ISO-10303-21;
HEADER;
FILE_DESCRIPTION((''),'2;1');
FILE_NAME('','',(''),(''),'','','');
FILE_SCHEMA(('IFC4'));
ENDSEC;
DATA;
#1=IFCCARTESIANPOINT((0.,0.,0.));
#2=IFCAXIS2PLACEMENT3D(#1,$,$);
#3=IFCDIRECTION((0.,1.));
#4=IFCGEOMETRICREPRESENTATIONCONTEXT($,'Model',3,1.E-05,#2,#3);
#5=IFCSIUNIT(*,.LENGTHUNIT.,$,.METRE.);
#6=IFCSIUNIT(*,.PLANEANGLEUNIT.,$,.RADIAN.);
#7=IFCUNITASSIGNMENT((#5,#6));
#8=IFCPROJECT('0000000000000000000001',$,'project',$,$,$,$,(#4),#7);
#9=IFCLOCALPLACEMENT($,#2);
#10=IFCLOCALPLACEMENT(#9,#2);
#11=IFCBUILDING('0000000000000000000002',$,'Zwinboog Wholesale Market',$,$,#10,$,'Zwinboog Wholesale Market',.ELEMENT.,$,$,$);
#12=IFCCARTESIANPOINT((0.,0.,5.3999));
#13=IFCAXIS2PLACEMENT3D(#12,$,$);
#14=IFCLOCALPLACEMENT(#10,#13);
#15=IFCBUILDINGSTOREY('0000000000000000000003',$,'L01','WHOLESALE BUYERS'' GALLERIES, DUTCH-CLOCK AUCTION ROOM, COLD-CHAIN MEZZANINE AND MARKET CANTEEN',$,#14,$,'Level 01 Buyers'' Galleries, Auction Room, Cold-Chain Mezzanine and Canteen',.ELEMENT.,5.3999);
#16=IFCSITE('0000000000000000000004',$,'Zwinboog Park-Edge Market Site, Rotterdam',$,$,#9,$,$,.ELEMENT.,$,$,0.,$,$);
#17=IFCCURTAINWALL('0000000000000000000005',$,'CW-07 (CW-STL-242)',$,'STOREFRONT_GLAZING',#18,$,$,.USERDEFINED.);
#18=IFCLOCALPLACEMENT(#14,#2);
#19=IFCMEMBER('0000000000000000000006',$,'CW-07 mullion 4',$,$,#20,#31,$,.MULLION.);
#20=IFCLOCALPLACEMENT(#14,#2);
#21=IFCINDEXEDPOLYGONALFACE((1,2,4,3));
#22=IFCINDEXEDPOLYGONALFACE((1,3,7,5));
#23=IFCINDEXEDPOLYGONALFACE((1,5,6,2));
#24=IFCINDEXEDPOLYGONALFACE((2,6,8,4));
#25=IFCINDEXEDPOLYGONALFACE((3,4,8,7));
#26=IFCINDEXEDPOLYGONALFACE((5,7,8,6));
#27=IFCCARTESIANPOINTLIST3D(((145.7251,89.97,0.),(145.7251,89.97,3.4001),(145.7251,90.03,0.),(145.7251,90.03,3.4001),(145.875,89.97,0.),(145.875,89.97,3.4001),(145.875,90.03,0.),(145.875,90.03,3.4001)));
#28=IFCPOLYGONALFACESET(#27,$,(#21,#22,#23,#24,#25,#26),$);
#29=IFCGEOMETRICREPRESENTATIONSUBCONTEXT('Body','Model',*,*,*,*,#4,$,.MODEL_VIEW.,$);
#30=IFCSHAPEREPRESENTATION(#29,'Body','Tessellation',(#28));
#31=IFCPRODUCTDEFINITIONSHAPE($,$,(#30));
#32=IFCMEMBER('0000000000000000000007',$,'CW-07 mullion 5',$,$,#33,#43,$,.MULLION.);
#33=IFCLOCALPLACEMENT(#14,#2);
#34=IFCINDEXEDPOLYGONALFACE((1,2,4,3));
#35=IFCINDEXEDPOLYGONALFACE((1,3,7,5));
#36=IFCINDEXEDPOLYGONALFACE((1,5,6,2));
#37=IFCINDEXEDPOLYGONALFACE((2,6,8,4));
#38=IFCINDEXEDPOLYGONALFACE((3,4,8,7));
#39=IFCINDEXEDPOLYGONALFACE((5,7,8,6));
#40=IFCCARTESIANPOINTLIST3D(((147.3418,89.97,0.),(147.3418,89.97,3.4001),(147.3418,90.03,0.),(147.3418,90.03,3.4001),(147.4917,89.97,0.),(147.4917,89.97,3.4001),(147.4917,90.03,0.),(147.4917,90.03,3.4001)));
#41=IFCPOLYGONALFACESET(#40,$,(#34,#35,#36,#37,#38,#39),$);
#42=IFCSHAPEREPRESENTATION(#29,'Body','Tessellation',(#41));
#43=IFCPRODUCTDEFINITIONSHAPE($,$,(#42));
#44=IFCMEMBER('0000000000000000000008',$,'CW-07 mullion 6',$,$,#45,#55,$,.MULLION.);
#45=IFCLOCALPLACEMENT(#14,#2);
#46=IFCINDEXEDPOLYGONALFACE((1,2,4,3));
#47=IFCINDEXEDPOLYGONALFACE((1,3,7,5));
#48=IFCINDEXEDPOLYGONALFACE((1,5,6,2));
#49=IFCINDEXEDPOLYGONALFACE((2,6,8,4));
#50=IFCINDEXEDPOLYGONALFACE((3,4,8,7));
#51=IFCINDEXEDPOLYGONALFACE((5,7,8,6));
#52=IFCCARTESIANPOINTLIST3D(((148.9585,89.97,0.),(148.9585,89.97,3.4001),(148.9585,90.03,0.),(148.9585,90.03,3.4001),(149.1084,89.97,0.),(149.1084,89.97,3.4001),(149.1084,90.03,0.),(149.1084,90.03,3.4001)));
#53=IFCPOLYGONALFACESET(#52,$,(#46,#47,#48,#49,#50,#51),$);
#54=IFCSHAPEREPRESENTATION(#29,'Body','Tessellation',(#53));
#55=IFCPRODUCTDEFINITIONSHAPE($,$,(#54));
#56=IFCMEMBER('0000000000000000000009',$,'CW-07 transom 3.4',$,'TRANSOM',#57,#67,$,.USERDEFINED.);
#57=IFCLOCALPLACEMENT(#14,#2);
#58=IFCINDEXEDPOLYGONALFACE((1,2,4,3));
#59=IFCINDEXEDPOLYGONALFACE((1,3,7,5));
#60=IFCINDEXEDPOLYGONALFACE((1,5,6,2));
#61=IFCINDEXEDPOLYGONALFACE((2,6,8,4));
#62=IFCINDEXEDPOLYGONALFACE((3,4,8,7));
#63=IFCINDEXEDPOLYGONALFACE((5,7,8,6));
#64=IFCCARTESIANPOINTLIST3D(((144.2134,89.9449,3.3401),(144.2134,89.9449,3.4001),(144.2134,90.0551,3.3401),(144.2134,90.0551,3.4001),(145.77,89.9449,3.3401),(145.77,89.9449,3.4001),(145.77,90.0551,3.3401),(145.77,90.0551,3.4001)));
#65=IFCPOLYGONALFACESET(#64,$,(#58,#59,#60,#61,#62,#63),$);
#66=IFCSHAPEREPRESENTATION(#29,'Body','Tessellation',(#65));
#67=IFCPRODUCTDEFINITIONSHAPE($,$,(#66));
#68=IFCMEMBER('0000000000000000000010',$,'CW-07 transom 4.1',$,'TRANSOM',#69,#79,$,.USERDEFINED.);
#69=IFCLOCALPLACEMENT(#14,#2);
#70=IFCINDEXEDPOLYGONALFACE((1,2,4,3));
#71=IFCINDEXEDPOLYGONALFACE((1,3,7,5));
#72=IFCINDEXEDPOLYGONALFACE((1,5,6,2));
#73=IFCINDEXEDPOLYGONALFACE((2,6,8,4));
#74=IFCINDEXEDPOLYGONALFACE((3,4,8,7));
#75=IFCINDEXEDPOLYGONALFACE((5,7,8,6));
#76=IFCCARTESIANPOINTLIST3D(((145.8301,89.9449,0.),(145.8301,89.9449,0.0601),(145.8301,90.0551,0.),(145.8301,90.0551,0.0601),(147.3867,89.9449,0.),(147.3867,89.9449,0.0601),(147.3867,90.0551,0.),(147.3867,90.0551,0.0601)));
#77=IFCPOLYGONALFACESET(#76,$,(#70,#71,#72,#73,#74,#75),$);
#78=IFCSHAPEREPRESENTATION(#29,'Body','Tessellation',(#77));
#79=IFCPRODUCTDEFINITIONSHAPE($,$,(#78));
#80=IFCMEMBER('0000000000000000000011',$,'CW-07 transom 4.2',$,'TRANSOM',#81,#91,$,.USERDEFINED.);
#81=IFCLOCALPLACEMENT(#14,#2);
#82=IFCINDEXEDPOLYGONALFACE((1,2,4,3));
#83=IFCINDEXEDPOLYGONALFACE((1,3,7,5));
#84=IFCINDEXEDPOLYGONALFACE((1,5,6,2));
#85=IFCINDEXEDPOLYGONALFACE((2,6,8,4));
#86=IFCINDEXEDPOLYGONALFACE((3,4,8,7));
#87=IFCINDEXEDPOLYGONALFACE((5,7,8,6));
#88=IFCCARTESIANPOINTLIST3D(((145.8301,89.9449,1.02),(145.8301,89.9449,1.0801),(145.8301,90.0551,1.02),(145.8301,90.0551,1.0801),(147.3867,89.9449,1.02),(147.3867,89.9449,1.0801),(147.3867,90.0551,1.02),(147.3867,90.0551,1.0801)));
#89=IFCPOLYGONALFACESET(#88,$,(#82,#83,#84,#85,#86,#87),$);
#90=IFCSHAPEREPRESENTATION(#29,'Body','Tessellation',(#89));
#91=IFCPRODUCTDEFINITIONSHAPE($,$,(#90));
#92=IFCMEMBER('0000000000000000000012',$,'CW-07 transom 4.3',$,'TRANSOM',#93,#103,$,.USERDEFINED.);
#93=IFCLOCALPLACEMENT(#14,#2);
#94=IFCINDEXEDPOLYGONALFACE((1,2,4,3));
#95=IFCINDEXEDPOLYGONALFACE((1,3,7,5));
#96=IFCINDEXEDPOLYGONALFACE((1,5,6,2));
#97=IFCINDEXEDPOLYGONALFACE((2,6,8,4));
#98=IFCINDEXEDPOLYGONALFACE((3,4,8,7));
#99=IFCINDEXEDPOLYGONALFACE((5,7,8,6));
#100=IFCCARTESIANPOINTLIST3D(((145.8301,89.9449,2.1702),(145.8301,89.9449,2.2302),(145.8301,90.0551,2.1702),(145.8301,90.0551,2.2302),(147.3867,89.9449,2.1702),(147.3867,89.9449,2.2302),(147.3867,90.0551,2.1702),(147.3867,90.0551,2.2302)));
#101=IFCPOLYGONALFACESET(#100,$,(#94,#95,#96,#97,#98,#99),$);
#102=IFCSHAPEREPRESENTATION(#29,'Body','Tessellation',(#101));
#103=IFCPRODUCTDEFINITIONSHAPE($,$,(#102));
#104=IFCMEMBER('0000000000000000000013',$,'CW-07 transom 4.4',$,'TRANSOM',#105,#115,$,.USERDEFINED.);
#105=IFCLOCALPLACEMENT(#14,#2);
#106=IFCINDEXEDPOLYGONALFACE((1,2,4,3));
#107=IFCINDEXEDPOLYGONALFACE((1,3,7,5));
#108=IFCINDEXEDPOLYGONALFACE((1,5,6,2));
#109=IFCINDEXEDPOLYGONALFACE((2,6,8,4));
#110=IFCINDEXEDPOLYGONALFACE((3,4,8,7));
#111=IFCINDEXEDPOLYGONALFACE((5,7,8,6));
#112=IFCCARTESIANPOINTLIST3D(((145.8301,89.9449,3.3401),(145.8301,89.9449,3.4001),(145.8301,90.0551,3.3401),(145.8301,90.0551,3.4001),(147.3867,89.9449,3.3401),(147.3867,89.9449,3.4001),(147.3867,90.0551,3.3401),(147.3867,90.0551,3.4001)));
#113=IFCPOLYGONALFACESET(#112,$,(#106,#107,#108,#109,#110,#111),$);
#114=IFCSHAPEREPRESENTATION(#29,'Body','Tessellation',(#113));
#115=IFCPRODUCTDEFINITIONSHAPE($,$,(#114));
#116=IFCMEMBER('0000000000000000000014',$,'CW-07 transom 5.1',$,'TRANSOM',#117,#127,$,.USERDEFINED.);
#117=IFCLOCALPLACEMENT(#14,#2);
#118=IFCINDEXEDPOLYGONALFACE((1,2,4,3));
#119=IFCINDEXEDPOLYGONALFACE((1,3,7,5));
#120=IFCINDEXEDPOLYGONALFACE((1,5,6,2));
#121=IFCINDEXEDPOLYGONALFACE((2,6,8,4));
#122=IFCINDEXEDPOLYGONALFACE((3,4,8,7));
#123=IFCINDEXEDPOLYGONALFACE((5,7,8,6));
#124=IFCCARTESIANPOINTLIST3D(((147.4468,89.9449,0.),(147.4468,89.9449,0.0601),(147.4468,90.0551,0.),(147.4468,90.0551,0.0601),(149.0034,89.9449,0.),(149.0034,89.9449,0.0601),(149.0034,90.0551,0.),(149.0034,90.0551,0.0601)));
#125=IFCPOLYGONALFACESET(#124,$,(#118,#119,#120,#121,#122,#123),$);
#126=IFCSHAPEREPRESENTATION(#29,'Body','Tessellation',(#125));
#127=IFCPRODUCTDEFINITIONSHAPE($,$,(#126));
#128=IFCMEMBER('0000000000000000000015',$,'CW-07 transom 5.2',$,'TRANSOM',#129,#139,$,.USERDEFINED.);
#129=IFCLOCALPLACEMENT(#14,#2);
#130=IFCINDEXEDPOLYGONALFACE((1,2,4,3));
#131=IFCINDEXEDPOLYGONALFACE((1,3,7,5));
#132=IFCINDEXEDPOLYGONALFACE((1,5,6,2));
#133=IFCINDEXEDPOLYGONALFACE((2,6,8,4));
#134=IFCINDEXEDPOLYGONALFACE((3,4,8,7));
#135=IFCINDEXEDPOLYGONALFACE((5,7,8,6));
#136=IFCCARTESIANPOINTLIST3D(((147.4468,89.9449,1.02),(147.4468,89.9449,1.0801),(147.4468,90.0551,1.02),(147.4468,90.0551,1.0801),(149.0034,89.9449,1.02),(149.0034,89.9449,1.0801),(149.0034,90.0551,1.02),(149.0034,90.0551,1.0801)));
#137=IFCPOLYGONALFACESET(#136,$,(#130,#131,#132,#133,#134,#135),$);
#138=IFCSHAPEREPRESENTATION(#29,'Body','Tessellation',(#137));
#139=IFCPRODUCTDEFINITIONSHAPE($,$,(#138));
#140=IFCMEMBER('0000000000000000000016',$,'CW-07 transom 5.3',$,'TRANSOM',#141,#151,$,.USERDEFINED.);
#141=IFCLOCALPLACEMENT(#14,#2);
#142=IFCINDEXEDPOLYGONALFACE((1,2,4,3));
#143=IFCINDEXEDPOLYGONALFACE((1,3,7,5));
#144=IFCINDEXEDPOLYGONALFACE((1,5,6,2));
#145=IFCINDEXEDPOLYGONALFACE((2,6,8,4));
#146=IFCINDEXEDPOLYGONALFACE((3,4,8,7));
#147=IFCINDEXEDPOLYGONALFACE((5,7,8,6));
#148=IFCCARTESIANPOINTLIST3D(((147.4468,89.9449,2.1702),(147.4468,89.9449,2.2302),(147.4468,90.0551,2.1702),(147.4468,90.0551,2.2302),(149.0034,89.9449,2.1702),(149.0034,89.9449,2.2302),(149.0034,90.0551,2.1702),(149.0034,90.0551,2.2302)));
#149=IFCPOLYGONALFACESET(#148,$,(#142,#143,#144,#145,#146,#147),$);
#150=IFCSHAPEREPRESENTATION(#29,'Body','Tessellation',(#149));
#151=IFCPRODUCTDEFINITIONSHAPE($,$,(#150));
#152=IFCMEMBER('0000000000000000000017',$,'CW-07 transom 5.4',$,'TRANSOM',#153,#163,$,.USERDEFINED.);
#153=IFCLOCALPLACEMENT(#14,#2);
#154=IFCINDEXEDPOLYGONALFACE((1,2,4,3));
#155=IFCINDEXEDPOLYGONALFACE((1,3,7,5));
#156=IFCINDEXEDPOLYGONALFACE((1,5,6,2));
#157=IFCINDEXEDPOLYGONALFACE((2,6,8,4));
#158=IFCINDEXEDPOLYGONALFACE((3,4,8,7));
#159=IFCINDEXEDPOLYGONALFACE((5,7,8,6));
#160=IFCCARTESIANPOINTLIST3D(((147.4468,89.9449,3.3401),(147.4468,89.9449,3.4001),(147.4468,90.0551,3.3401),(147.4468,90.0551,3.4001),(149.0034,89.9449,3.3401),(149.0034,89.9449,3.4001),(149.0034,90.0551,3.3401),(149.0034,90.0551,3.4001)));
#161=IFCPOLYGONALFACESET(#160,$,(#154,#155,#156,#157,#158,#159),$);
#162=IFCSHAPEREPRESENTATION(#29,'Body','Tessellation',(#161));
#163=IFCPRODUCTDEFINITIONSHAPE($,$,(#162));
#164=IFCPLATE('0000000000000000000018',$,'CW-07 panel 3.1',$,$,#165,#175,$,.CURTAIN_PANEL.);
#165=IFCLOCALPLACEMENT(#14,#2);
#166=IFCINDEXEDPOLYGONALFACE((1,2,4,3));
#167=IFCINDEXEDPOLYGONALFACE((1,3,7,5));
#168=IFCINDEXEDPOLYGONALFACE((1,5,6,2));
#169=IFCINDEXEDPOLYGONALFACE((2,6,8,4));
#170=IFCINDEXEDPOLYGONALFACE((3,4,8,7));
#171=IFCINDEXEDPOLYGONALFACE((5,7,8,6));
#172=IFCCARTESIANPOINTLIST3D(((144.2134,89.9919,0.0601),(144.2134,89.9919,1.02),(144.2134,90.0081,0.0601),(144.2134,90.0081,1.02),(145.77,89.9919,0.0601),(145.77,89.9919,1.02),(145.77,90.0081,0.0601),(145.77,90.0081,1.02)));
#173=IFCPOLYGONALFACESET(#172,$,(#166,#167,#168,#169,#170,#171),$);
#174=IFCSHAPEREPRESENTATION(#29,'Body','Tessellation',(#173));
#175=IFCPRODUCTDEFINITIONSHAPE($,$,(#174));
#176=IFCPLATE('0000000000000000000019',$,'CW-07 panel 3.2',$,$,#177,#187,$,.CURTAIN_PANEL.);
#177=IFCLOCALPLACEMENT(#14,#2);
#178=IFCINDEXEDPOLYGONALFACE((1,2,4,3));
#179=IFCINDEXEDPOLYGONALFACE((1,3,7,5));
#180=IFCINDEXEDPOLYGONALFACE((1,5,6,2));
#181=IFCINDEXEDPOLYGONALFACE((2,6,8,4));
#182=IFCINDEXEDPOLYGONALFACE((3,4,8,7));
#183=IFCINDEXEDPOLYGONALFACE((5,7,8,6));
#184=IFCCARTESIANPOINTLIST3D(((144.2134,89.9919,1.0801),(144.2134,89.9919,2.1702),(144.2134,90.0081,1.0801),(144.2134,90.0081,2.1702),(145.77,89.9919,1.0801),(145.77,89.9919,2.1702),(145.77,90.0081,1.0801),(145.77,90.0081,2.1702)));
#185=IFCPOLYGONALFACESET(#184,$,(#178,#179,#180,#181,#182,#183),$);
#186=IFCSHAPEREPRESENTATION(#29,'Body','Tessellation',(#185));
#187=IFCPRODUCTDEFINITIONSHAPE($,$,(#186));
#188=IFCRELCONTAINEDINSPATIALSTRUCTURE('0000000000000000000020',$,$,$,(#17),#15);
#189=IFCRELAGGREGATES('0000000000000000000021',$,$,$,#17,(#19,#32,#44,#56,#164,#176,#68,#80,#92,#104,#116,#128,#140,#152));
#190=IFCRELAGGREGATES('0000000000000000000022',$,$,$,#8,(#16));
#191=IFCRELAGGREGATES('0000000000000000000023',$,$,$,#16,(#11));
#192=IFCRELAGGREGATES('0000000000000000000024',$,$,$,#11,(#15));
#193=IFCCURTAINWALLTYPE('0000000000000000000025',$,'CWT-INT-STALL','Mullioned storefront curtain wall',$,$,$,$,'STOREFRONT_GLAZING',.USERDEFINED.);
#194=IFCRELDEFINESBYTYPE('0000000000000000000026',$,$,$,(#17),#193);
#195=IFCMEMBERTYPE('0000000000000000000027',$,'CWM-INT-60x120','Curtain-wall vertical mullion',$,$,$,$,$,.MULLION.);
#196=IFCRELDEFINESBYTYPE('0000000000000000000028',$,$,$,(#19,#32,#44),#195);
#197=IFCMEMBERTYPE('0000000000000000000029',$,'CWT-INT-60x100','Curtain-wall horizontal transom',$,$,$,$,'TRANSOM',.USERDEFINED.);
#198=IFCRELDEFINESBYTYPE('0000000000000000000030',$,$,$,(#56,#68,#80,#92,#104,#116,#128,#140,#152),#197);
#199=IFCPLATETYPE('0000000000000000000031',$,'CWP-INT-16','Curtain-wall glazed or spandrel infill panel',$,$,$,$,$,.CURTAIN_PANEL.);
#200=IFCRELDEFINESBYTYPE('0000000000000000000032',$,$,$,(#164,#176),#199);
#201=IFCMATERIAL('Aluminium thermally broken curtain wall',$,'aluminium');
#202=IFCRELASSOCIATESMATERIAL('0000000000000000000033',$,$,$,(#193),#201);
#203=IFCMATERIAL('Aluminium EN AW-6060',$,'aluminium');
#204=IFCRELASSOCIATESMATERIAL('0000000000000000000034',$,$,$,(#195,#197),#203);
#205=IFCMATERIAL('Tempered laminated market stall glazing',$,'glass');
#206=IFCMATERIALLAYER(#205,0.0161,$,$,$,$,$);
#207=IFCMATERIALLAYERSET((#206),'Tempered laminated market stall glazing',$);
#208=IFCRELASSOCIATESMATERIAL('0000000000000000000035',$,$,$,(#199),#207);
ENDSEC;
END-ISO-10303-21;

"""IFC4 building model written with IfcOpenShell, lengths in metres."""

from ifc_helpers import new_model, si_unit, direction, frame, origin, origin_2d, place, context, subcontext, project, spatial, rectangle, extrude, material, layer, layer_set, material_profile, profile_set, type_object, element, aggregate, save


model = new_model("IFC4")

# Units and contexts
model_context = context("Model", 3, precision=1e-05, world=origin(), true_north=direction((0.0, 1.0)))
body_context = subcontext(model_context, "Body", "Model", "MODEL_VIEW")
ifc_project = project(units=[si_unit("LENGTHUNIT", "METRE"), si_unit("PLANEANGLEUNIT", "RADIAN")], contexts=[model_context])

# Site, building, storey
site_placement = place(None, origin())
site = spatial("IfcSite", under=ifc_project, at=site_placement, Name="Zwinboog Park-Edge Market Site, Rotterdam", CompositionType="ELEMENT", RefElevation=0.0)
building_placement = place(site_placement, origin())
building = spatial("IfcBuilding", under=site, at=building_placement, Name="Zwinboog Wholesale Market", LongName="Zwinboog Wholesale Market", CompositionType="ELEMENT")
storey_placement = place(building_placement, frame((0.0, 0.0, 5.3999)))
storey = spatial("IfcBuildingStorey", under=building, at=storey_placement, Name="L01", Description="WHOLESALE BUYERS' GALLERIES, DUTCH-CLOCK AUCTION ROOM, COLD-CHAIN MEZZANINE AND MARKET CANTEEN", LongName="Level 01 Buyers' Galleries, Auction Room, Cold-Chain Mezzanine and Canteen", CompositionType="ELEMENT", Elevation=5.3999)

# Curtain wall, members, plates
ifc_material_1 = material(Name="Aluminium thermally broken curtain wall", Category="aluminium")
curtain_wall_type = type_object("IfcCurtainWallType", Name="CWT-INT-STALL", Description="Mullioned storefront curtain wall", ElementType="STOREFRONT_GLAZING", PredefinedType="USERDEFINED", material=ifc_material_1)
curtain_wall_placement = place(storey_placement, origin())
curtain_wall = element("IfcCurtainWall", 1, at=curtain_wall_placement, inside=storey, type_object=curtain_wall_type, Name="CW-07 (CW-STL-242)", ObjectType="STOREFRONT_GLAZING", PredefinedType="USERDEFINED")
ifc_material_2 = material(Name="Aluminium EN AW-6060", Category="aluminium")
ifc_material_profile_1 = material_profile(ifc_material_2, rectangle(XDim=0.0601, YDim=0.1499, at=origin_2d()), Name="AL 60x150")
ifc_profile_set_1 = profile_set([ifc_material_profile_1], Name="Aluminium EN AW-6060")
member_type_1 = type_object("IfcMemberType", Name="CWM-INT-60x120", Description="Curtain-wall vertical mullion", PredefinedType="MULLION", material=ifc_profile_set_1)
member_1_placement = place(storey_placement, frame((145.8, 90.0, 0.0), z_axis=(0.0, 0.0, 1.0), x_axis=(0.0, 1.0, 0.0)))
member_1 = element("IfcMember", 2, at=member_1_placement, type_object=member_type_1, Name="CW-07 mullion 4", PredefinedType="MULLION", context=body_context, shape_type="SweptSolid", body=[
    extrude(rectangle(XDim=0.0601, YDim=0.1499, at=origin_2d()), origin(), (0.0, 0.0, 1.0), 3.4001),
])
member_2_placement = place(storey_placement, frame((147.4167, 90.0, 0.0), z_axis=(0.0, 0.0, 1.0), x_axis=(0.0, 1.0, 0.0)))
member_2 = element("IfcMember", 3, at=member_2_placement, type_object=member_type_1, Name="CW-07 mullion 5", PredefinedType="MULLION", context=body_context, shape_type="SweptSolid", body=[
    extrude(rectangle(XDim=0.0601, YDim=0.1499, at=origin_2d()), origin(), (0.0, 0.0, 1.0), 3.4001),
])
member_3_placement = place(storey_placement, frame((149.0334, 90.0, 0.0), z_axis=(0.0, 0.0, 1.0), x_axis=(0.0, 1.0, 0.0)))
member_3 = element("IfcMember", 4, at=member_3_placement, type_object=member_type_1, Name="CW-07 mullion 6", PredefinedType="MULLION", context=body_context, shape_type="SweptSolid", body=[
    extrude(rectangle(XDim=0.0601, YDim=0.1499, at=origin_2d()), origin(), (0.0, 0.0, 1.0), 3.4001),
])
ifc_material_profile_2 = material_profile(ifc_material_2, rectangle(XDim=0.1101, YDim=0.0601, at=origin_2d()), Name="AL 60x110")
ifc_profile_set_2 = profile_set([ifc_material_profile_2], Name="Aluminium EN AW-6060")
member_type_2 = type_object("IfcMemberType", Name="CWT-INT-60x100", Description="Curtain-wall horizontal transom", ElementType="TRANSOM", PredefinedType="USERDEFINED", material=ifc_profile_set_2)
member_4_placement = place(storey_placement, frame((144.2134, 90.0, 3.3701), z_axis=(1.0, 0.0, 0.0), x_axis=(0.0, 1.0, 0.0)))
member_4 = element("IfcMember", 5, at=member_4_placement, type_object=member_type_2, Name="CW-07 transom 3.4", ObjectType="TRANSOM", PredefinedType="USERDEFINED", context=body_context, shape_type="SweptSolid", body=[
    extrude(rectangle(XDim=0.1101, YDim=0.0601, at=origin_2d()), origin(), (0.0, 0.0, 1.0), 1.5566),
])
member_5_placement = place(storey_placement, frame((145.8301, 90.0, 0.03), z_axis=(1.0, 0.0, 0.0), x_axis=(0.0, 1.0, 0.0)))
member_5 = element("IfcMember", 6, at=member_5_placement, type_object=member_type_2, Name="CW-07 transom 4.1", ObjectType="TRANSOM", PredefinedType="USERDEFINED", context=body_context, shape_type="SweptSolid", body=[
    extrude(rectangle(XDim=0.1101, YDim=0.0601, at=origin_2d()), origin(), (0.0, 0.0, 1.0), 1.5566),
])
member_6_placement = place(storey_placement, frame((145.8301, 90.0, 1.05), z_axis=(1.0, 0.0, 0.0), x_axis=(0.0, 1.0, 0.0)))
member_6 = element("IfcMember", 7, at=member_6_placement, type_object=member_type_2, Name="CW-07 transom 4.2", ObjectType="TRANSOM", PredefinedType="USERDEFINED", context=body_context, shape_type="SweptSolid", body=[
    extrude(rectangle(XDim=0.1101, YDim=0.0601, at=origin_2d()), origin(), (0.0, 0.0, 1.0), 1.5566),
])
member_7_placement = place(storey_placement, frame((145.8301, 90.0, 2.2002), z_axis=(1.0, 0.0, 0.0), x_axis=(0.0, 1.0, 0.0)))
member_7 = element("IfcMember", 8, at=member_7_placement, type_object=member_type_2, Name="CW-07 transom 4.3", ObjectType="TRANSOM", PredefinedType="USERDEFINED", context=body_context, shape_type="SweptSolid", body=[
    extrude(rectangle(XDim=0.1101, YDim=0.0601, at=origin_2d()), origin(), (0.0, 0.0, 1.0), 1.5566),
])
member_8_placement = place(storey_placement, frame((145.8301, 90.0, 3.3701), z_axis=(1.0, 0.0, 0.0), x_axis=(0.0, 1.0, 0.0)))
member_8 = element("IfcMember", 9, at=member_8_placement, type_object=member_type_2, Name="CW-07 transom 4.4", ObjectType="TRANSOM", PredefinedType="USERDEFINED", context=body_context, shape_type="SweptSolid", body=[
    extrude(rectangle(XDim=0.1101, YDim=0.0601, at=origin_2d()), origin(), (0.0, 0.0, 1.0), 1.5566),
])
member_9_placement = place(storey_placement, frame((147.4468, 90.0, 0.03), z_axis=(1.0, 0.0, 0.0), x_axis=(0.0, 1.0, 0.0)))
member_9 = element("IfcMember", 10, at=member_9_placement, type_object=member_type_2, Name="CW-07 transom 5.1", ObjectType="TRANSOM", PredefinedType="USERDEFINED", context=body_context, shape_type="SweptSolid", body=[
    extrude(rectangle(XDim=0.1101, YDim=0.0601, at=origin_2d()), origin(), (0.0, 0.0, 1.0), 1.5566),
])
member_10_placement = place(storey_placement, frame((147.4468, 90.0, 1.05), z_axis=(1.0, 0.0, 0.0), x_axis=(0.0, 1.0, 0.0)))
member_10 = element("IfcMember", 11, at=member_10_placement, type_object=member_type_2, Name="CW-07 transom 5.2", ObjectType="TRANSOM", PredefinedType="USERDEFINED", context=body_context, shape_type="SweptSolid", body=[
    extrude(rectangle(XDim=0.1101, YDim=0.0601, at=origin_2d()), origin(), (0.0, 0.0, 1.0), 1.5566),
])
member_11_placement = place(storey_placement, frame((147.4468, 90.0, 2.2002), z_axis=(1.0, 0.0, 0.0), x_axis=(0.0, 1.0, 0.0)))
member_11 = element("IfcMember", 12, at=member_11_placement, type_object=member_type_2, Name="CW-07 transom 5.3", ObjectType="TRANSOM", PredefinedType="USERDEFINED", context=body_context, shape_type="SweptSolid", body=[
    extrude(rectangle(XDim=0.1101, YDim=0.0601, at=origin_2d()), origin(), (0.0, 0.0, 1.0), 1.5566),
])
member_12_placement = place(storey_placement, frame((147.4468, 90.0, 3.3701), z_axis=(1.0, 0.0, 0.0), x_axis=(0.0, 1.0, 0.0)))
member_12 = element("IfcMember", 13, at=member_12_placement, type_object=member_type_2, Name="CW-07 transom 5.4", ObjectType="TRANSOM", PredefinedType="USERDEFINED", context=body_context, shape_type="SweptSolid", body=[
    extrude(rectangle(XDim=0.1101, YDim=0.0601, at=origin_2d()), origin(), (0.0, 0.0, 1.0), 1.5566),
])
ifc_material_3 = material(Name="Tempered laminated market stall glazing", Category="glass")
ifc_layer = layer(ifc_material_3, 0.0161)
ifc_layer_set = layer_set([ifc_layer], Name="Tempered laminated market stall glazing")
plate_type = type_object("IfcPlateType", Name="CWP-INT-16", Description="Curtain-wall glazed or spandrel infill panel", PredefinedType="CURTAIN_PANEL", material=ifc_layer_set)
plate_1_placement = place(storey_placement, frame((144.9917, 90.0, 0.0601), z_axis=(0.0, 0.0, 1.0), x_axis=(1.0, 0.0, 0.0)))
plate_1 = element("IfcPlate", 14, at=plate_1_placement, type_object=plate_type, Name="CW-07 panel 3.1", PredefinedType="CURTAIN_PANEL", context=body_context, shape_type="SweptSolid", body=[
    extrude(rectangle(XDim=1.5566, YDim=0.0161, at=origin_2d()), origin(), (0.0, 0.0, 1.0), 0.96),
])
plate_2_placement = place(storey_placement, frame((144.9917, 90.0, 1.0801), z_axis=(0.0, 0.0, 1.0), x_axis=(1.0, 0.0, 0.0)))
plate_2 = element("IfcPlate", 15, at=plate_2_placement, type_object=plate_type, Name="CW-07 panel 3.2", PredefinedType="CURTAIN_PANEL", context=body_context, shape_type="SweptSolid", body=[
    extrude(rectangle(XDim=1.5566, YDim=0.0161, at=origin_2d()), origin(), (0.0, 0.0, 1.0), 1.0901),
])
aggregate(curtain_wall, [member_1, member_2, member_3, member_4, plate_1, plate_2, member_5, member_6, member_7, member_8, member_9, member_10, member_11, member_12])

save(model, "model.ifc")
